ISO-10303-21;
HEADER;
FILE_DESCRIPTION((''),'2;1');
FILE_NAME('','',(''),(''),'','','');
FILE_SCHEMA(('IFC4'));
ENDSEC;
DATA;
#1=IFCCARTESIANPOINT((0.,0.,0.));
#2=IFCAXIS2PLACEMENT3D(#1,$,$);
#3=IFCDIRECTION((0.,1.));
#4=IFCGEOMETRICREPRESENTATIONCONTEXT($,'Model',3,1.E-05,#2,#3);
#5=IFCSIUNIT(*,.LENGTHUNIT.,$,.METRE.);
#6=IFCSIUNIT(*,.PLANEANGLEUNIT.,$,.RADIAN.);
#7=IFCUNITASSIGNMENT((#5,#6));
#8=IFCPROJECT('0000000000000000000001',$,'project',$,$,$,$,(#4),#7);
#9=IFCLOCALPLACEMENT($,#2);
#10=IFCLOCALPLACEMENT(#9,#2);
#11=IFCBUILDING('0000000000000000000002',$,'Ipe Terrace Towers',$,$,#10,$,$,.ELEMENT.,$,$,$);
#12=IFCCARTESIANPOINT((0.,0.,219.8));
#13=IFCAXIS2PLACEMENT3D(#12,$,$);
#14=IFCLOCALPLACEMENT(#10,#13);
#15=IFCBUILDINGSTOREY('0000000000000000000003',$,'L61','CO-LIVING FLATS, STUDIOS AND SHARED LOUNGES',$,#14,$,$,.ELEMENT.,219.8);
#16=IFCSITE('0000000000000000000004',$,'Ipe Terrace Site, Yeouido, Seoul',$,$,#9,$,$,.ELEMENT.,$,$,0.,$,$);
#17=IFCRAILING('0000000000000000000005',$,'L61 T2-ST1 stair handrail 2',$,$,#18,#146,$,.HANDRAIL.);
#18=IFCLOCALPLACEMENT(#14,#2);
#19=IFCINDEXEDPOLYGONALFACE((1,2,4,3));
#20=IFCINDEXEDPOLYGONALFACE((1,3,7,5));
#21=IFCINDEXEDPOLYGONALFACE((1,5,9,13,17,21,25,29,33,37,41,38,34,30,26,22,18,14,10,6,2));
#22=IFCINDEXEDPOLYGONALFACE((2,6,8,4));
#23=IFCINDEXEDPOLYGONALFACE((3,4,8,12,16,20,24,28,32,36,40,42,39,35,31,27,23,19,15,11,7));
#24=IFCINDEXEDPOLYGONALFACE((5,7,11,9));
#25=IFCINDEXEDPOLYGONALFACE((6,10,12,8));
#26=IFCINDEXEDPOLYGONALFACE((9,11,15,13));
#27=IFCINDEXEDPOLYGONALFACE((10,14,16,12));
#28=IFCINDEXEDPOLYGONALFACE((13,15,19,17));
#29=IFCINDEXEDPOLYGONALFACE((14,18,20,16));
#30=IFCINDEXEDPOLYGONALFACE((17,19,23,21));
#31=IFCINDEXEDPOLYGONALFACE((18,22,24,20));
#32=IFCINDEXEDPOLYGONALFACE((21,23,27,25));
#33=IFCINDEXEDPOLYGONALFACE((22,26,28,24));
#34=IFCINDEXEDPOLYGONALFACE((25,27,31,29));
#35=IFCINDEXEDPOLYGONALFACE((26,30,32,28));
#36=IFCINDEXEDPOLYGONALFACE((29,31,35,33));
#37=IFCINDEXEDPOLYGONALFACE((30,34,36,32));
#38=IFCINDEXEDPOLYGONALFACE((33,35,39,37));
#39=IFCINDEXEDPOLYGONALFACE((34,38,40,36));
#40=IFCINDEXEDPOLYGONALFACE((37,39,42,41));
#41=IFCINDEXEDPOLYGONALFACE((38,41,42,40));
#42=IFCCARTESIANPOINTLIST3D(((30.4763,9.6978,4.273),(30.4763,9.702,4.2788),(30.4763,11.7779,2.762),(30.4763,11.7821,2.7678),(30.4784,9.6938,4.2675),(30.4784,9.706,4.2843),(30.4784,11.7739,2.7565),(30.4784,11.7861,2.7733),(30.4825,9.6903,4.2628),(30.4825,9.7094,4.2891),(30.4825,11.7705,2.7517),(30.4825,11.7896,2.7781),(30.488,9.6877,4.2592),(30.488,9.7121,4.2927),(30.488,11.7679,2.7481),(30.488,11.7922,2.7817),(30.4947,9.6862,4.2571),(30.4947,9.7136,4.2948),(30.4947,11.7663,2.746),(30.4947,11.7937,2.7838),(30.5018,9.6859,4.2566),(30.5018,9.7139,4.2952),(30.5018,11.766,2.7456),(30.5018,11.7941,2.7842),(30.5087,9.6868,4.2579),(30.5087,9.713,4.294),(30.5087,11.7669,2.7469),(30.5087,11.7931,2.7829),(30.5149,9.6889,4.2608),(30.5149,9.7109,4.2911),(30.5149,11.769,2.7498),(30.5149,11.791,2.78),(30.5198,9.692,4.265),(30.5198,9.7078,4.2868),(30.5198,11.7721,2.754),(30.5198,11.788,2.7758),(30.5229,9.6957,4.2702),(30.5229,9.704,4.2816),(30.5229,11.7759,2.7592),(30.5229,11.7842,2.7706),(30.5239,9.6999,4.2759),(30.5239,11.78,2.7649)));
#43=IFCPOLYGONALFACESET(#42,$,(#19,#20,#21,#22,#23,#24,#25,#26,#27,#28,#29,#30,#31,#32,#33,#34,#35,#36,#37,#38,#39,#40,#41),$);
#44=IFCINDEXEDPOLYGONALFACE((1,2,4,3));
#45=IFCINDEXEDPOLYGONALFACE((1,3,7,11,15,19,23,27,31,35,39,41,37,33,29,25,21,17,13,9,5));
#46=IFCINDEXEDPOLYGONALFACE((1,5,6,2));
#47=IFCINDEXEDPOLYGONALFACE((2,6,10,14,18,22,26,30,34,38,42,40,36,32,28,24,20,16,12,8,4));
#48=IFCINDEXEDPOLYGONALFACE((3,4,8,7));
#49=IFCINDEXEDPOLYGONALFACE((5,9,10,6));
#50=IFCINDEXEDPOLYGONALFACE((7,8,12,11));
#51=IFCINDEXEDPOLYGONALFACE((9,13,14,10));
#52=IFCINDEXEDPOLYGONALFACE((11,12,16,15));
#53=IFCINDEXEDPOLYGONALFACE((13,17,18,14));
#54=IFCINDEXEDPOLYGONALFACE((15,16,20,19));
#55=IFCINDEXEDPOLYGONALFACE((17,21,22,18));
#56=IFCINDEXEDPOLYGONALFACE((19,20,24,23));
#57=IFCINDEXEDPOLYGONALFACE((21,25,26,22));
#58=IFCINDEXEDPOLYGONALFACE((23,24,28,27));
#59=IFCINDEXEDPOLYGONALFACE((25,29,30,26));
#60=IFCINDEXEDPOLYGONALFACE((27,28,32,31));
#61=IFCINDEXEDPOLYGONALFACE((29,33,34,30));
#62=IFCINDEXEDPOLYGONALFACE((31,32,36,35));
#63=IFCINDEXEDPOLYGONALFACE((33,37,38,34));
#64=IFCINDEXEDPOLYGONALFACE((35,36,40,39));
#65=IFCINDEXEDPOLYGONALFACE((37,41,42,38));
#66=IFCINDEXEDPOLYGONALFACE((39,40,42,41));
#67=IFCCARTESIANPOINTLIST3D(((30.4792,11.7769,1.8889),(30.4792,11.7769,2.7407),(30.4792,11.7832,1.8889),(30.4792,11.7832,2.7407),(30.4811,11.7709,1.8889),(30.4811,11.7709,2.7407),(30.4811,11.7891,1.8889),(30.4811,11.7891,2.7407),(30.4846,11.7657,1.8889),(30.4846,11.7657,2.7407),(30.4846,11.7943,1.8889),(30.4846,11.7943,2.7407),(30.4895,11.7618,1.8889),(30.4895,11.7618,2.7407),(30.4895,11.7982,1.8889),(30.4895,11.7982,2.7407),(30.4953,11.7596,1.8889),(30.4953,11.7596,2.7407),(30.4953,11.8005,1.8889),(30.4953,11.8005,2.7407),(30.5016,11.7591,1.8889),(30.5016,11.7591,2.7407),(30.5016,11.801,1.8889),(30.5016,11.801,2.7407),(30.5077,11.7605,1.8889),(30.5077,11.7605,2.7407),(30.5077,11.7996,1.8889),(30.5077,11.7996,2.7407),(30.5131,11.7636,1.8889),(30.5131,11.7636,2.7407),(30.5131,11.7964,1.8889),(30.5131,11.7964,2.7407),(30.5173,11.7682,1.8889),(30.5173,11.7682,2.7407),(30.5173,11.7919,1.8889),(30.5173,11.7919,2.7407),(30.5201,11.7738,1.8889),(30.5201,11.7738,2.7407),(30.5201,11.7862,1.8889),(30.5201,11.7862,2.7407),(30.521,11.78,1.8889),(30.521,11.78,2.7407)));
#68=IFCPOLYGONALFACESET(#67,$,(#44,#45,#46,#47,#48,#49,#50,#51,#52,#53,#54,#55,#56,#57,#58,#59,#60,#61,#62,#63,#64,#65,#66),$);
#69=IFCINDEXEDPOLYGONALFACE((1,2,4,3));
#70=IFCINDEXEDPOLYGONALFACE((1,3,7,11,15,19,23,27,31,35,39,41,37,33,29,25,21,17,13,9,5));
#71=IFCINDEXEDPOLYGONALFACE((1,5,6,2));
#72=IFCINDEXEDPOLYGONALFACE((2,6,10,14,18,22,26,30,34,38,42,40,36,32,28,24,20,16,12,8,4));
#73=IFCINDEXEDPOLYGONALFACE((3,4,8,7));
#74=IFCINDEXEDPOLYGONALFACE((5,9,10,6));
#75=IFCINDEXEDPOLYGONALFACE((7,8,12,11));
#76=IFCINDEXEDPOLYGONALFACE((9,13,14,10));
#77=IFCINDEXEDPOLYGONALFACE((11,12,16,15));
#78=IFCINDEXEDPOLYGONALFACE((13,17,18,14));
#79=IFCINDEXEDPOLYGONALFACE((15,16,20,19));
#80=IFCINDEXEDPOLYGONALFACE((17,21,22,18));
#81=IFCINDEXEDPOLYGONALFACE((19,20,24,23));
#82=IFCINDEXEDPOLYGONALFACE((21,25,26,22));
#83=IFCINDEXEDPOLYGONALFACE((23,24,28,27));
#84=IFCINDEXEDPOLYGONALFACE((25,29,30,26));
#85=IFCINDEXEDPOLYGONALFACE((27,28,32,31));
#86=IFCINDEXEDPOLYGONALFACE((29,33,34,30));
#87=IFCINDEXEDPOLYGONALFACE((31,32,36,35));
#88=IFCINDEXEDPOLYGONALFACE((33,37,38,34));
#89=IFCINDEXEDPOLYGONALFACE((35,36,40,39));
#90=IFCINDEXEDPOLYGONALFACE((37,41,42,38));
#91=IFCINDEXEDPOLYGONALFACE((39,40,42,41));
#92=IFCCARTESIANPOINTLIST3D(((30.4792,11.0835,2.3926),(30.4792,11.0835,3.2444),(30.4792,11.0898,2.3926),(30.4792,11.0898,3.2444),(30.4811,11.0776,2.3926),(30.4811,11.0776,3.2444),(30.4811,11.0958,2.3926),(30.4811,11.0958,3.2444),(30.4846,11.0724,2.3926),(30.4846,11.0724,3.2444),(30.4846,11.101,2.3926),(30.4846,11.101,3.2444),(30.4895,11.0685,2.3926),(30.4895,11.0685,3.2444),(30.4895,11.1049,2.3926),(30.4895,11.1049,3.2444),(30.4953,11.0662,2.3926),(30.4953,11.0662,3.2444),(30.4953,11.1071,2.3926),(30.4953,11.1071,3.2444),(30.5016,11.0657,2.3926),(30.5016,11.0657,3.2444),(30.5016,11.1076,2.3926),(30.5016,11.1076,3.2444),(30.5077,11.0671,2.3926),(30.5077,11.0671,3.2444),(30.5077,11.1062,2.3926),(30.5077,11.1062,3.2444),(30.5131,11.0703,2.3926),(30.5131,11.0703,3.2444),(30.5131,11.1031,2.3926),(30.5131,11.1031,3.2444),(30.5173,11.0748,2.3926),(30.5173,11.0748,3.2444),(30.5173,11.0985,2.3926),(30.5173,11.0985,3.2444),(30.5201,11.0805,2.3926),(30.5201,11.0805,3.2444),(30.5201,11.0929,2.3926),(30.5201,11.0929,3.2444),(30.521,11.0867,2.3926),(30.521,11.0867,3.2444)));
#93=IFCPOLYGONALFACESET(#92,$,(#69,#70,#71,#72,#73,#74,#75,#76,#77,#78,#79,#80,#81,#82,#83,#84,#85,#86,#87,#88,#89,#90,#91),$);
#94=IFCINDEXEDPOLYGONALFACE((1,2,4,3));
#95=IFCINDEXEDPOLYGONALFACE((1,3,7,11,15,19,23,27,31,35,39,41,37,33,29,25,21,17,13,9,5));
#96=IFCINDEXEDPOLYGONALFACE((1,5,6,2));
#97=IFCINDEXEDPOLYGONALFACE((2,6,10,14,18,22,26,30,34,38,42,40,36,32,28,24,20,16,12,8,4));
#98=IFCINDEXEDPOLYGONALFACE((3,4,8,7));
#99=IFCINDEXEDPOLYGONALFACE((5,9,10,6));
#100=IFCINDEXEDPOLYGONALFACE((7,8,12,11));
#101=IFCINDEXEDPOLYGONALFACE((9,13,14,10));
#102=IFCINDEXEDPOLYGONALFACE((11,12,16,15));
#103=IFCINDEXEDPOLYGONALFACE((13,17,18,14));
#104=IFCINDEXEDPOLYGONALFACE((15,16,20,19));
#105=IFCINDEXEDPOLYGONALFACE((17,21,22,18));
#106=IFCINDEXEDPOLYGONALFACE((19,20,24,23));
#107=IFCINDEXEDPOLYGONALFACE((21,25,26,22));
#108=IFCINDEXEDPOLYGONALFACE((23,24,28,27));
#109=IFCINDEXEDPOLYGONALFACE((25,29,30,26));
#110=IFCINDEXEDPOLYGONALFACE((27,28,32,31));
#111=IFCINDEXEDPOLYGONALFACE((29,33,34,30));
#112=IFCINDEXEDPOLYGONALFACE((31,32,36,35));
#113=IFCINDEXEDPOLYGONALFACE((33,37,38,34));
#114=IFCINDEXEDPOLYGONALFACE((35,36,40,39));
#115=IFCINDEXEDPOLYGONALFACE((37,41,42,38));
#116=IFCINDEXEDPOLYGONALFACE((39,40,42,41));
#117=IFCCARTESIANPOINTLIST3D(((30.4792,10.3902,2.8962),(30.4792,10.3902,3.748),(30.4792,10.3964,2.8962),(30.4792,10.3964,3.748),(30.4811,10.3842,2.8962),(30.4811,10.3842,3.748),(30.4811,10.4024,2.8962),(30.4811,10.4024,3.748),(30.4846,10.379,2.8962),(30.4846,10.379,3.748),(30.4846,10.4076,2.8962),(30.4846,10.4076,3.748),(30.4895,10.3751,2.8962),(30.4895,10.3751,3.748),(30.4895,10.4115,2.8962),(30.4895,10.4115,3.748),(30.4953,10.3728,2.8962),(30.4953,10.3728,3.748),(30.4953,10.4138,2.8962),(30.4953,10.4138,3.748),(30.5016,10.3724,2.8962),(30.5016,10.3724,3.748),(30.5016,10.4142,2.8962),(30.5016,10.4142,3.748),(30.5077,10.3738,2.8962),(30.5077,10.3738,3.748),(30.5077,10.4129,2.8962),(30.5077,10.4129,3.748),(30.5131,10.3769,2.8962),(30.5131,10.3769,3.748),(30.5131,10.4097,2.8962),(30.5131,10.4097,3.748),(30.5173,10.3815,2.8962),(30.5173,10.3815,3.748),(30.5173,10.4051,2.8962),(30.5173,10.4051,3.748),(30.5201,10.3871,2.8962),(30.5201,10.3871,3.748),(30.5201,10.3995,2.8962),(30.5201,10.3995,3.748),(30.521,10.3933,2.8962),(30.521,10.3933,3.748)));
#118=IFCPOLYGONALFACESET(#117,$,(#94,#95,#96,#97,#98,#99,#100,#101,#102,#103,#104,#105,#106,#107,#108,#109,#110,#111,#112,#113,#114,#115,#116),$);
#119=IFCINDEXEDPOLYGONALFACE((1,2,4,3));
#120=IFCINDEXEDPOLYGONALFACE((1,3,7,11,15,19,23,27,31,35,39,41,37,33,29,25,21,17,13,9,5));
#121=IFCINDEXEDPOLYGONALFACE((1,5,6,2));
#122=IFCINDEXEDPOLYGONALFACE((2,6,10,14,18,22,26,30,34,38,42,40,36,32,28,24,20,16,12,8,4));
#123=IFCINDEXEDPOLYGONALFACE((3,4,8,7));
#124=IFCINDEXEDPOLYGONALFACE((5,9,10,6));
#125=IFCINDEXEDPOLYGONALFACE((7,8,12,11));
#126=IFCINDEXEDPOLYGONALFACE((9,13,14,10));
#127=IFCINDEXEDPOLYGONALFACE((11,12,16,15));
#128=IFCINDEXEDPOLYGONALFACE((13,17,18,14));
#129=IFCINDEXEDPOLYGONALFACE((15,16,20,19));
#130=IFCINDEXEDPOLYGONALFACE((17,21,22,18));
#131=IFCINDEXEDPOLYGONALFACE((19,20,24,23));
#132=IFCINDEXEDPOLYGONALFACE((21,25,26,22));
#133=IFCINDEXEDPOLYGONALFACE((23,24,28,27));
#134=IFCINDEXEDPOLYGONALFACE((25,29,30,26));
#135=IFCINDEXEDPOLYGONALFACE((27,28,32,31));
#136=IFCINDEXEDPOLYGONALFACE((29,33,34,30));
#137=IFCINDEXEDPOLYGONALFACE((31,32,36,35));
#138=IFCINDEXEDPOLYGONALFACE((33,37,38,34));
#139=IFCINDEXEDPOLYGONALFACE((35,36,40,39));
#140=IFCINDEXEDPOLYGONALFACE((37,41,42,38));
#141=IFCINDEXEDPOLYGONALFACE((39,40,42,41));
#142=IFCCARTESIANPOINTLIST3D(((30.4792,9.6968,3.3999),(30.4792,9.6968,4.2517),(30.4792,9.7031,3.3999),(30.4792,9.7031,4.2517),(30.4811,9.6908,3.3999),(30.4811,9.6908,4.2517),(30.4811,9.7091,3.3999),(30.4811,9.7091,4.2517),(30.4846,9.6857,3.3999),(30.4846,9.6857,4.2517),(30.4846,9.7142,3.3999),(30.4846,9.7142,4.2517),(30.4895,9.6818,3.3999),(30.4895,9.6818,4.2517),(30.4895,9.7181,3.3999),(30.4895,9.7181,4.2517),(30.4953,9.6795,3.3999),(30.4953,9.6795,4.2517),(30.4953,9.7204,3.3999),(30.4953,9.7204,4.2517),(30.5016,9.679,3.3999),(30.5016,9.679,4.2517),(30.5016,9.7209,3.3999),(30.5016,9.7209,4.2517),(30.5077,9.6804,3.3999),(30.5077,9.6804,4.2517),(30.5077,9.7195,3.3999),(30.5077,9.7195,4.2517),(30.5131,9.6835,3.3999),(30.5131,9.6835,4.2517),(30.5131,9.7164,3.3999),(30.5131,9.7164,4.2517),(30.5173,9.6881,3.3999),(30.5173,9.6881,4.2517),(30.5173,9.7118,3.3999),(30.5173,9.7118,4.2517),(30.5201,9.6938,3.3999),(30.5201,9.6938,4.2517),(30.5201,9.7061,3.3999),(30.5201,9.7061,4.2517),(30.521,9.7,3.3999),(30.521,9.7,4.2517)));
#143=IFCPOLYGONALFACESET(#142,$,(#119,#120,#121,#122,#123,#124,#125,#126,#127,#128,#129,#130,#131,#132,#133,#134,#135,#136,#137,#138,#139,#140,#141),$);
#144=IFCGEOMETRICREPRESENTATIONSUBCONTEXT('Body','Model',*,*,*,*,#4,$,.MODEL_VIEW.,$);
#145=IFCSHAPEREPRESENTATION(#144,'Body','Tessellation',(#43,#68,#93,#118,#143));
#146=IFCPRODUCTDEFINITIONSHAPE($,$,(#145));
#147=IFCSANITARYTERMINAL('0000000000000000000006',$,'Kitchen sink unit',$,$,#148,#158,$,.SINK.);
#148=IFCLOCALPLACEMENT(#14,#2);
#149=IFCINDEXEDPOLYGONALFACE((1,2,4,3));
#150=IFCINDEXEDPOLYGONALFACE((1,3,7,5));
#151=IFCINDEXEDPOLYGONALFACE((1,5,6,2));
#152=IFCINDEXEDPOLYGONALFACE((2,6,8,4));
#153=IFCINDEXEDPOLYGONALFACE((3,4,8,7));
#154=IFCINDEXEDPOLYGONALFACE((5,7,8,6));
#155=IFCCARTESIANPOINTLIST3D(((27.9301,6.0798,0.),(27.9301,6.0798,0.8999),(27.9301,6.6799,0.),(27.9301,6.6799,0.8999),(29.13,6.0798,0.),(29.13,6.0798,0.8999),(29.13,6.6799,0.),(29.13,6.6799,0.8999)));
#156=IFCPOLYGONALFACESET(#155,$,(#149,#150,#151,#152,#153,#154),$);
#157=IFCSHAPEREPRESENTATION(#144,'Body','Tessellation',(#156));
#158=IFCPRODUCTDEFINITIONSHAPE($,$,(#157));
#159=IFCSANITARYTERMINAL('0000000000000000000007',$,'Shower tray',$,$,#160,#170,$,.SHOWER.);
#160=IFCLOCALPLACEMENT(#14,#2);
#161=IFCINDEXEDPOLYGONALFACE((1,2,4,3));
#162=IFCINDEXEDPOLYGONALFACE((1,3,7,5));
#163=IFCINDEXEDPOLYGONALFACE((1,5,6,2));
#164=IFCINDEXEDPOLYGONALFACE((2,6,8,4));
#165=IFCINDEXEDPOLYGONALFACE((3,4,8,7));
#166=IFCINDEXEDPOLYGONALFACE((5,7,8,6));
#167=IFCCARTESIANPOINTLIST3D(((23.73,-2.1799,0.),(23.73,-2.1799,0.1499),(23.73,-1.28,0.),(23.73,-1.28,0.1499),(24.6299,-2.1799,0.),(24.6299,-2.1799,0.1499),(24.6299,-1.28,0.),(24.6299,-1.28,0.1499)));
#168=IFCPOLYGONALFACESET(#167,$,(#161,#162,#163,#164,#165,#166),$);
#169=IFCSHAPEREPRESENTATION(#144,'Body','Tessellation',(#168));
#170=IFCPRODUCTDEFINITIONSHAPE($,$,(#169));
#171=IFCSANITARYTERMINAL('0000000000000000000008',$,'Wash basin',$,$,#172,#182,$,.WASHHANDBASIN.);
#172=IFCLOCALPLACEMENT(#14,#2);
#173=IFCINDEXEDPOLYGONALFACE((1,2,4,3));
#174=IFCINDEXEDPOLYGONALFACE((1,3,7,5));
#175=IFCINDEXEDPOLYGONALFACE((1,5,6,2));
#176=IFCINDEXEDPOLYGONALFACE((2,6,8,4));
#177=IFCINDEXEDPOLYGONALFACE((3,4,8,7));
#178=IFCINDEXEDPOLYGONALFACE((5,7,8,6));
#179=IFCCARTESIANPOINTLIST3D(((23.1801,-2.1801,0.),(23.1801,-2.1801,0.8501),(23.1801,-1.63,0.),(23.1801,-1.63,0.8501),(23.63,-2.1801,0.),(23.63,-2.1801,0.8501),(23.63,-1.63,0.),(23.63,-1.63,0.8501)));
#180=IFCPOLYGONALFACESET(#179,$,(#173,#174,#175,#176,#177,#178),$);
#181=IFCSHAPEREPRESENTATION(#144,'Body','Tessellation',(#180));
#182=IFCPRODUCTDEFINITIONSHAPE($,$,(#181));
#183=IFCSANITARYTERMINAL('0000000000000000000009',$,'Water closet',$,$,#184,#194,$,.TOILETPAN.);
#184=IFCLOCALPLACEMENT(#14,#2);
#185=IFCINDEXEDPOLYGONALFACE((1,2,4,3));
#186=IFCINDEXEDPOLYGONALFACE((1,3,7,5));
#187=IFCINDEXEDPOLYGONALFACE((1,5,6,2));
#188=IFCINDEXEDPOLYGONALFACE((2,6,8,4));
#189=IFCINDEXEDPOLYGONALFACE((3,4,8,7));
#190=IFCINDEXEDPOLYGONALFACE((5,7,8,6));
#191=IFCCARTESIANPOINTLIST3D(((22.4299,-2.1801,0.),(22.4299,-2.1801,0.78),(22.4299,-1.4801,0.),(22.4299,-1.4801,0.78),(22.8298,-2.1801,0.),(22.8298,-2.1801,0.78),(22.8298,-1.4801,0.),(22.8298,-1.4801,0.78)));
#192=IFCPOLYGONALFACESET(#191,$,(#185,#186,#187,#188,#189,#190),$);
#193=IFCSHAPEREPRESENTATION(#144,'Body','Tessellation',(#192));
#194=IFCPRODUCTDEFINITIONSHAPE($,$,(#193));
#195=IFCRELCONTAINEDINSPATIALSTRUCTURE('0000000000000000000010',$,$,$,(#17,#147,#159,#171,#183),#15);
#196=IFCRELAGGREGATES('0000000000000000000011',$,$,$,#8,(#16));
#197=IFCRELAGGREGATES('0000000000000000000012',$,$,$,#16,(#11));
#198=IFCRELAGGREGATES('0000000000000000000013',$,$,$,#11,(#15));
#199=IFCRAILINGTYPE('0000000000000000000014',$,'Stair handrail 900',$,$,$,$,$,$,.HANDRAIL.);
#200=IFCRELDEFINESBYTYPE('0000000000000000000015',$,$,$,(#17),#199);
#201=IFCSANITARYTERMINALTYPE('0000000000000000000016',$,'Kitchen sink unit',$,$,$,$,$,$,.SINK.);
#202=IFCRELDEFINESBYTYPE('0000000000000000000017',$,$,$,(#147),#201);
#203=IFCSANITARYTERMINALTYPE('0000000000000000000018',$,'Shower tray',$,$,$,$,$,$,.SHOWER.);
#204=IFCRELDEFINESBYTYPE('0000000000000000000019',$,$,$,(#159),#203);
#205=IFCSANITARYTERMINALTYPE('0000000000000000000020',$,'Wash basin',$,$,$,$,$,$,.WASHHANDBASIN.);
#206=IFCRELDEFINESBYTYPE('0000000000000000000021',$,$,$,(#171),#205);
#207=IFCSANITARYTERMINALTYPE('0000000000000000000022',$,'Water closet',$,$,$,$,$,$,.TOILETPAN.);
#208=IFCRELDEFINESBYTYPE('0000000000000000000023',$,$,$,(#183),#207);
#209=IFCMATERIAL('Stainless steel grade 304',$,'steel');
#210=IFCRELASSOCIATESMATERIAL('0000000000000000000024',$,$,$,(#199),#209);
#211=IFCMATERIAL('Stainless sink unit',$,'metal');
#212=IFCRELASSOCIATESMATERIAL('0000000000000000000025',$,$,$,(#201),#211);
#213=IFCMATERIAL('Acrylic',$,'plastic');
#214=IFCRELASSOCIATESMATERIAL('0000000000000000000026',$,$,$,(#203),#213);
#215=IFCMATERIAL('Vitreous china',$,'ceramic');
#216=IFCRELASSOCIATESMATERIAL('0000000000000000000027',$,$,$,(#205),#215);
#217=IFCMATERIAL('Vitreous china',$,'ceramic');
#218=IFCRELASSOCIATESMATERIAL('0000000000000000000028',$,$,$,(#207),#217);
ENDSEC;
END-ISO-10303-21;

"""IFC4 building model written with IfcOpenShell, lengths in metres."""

from ifc_helpers import new_model, si_unit, direction, frame, origin, origin_2d, place, context, subcontext, project, spatial, rectangle, circle, extrude, material, type_object, element, save


model = new_model("IFC4")

# Units and contexts
model_context = context("Model", 3, precision=1e-05, world=origin(), true_north=direction((0.0, 1.0)))
body_context = subcontext(model_context, "Body", "Model", "MODEL_VIEW")
ifc_project = project(units=[si_unit("LENGTHUNIT", "METRE"), si_unit("PLANEANGLEUNIT", "RADIAN")], contexts=[model_context])

# Site, building, storey
site_placement = place(None, origin())
site = spatial("IfcSite", under=ifc_project, at=site_placement, Name="Ipe Terrace Site, Yeouido, Seoul", CompositionType="ELEMENT", RefElevation=0.0)
building_placement = place(site_placement, origin())
building = spatial("IfcBuilding", under=site, at=building_placement, Name="Ipe Terrace Towers", CompositionType="ELEMENT")
storey_placement = place(building_placement, frame((0.0, 0.0, 219.8)))
storey = spatial("IfcBuildingStorey", under=building, at=storey_placement, Name="L61", Description="CO-LIVING FLATS, STUDIOS AND SHARED LOUNGES", CompositionType="ELEMENT", Elevation=219.8)

# Railing
ifc_material_1 = material(Name="Stainless steel grade 304", Category="steel")
railing_type = type_object("IfcRailingType", Name="Stair handrail 900", PredefinedType="HANDRAIL", material=ifc_material_1)
railing_placement = place(storey_placement, frame((30.5, 11.78, 1.8889)))
element("IfcRailing", 1, at=railing_placement, inside=storey, type_object=railing_type, Name="L61 T2-ST1 stair handrail 2", PredefinedType="HANDRAIL", context=body_context, shape_type="SweptSolid", body=[
    extrude(circle(Radius=0.0239, at=origin_2d()), frame((0.0, 0.0, 0.876), z_axis=(0.0, -0.809069, 0.587714), x_axis=(1.0, 0.0, 0.0)), (0.0, 0.0, 1.0), 2.571),
    extrude(circle(Radius=0.021, at=origin_2d()), origin(), (0.0, 0.0, 1.0), 0.8518),
    extrude(circle(Radius=0.021, at=origin_2d()), frame((0.0, -0.6934, 0.5037)), (0.0, 0.0, 1.0), 0.8518),
    extrude(circle(Radius=0.021, at=origin_2d()), frame((0.0, -1.3867, 1.0073)), (0.0, 0.0, 1.0), 0.8518),
    extrude(circle(Radius=0.021, at=origin_2d()), frame((0.0, -2.0801, 1.511)), (0.0, 0.0, 1.0), 0.8518),
])

# Sanitary terminals
ifc_material_2 = material(Name="Stainless sink unit", Category="metal")
sanitary_terminal_type_1 = type_object("IfcSanitaryTerminalType", Name="Kitchen sink unit", PredefinedType="SINK", material=ifc_material_2)
sanitary_terminal_1_placement = place(storey_placement, frame((28.53, 6.3799, 0.0), z_axis=(0.0, 0.0, 1.0), x_axis=(1.0, 0.0, 0.0)))
element("IfcSanitaryTerminal", 2, at=sanitary_terminal_1_placement, inside=storey, type_object=sanitary_terminal_type_1, Name="Kitchen sink unit", PredefinedType="SINK", context=body_context, shape_type="SweptSolid", body=[
    extrude(rectangle(XDim=1.2, YDim=0.6001, at=origin_2d()), origin(), (0.0, 0.0, 1.0), 0.8999),
])
ifc_material_3 = material(Name="Acrylic", Category="plastic")
sanitary_terminal_type_2 = type_object("IfcSanitaryTerminalType", Name="Shower tray", PredefinedType="SHOWER", material=ifc_material_3)
sanitary_terminal_2_placement = place(storey_placement, frame((24.1799, -1.73, 0.0), z_axis=(0.0, 0.0, 1.0), x_axis=(0.0, 1.0, 0.0)))
element("IfcSanitaryTerminal", 3, at=sanitary_terminal_2_placement, inside=storey, type_object=sanitary_terminal_type_2, Name="Shower tray", PredefinedType="SHOWER", context=body_context, shape_type="SweptSolid", body=[
    extrude(rectangle(XDim=0.8999, YDim=0.8999, at=origin_2d()), origin(), (0.0, 0.0, 1.0), 0.1499),
])
ifc_material_4 = material(Name="Vitreous china", Category="ceramic")
sanitary_terminal_type_3 = type_object("IfcSanitaryTerminalType", Name="Wash basin", PredefinedType="WASHHANDBASIN", material=ifc_material_4)
sanitary_terminal_3_placement = place(storey_placement, frame((23.405, -1.905, 0.0), z_axis=(0.0, 0.0, 1.0), x_axis=(0.0, 1.0, 0.0)))
element("IfcSanitaryTerminal", 4, at=sanitary_terminal_3_placement, inside=storey, type_object=sanitary_terminal_type_3, Name="Wash basin", PredefinedType="WASHHANDBASIN", context=body_context, shape_type="SweptSolid", body=[
    extrude(rectangle(XDim=0.55, YDim=0.45, at=origin_2d()), origin(), (0.0, 0.0, 1.0), 0.8501),
])
ifc_material_5 = material(Name="Vitreous china", Category="ceramic")
sanitary_terminal_type_4 = type_object("IfcSanitaryTerminalType", Name="Water closet", PredefinedType="TOILETPAN", material=ifc_material_5)
sanitary_terminal_4_placement = place(storey_placement, frame((22.6299, -1.8301, 0.0), z_axis=(0.0, 0.0, 1.0), x_axis=(0.0, 1.0, 0.0)))
element("IfcSanitaryTerminal", 5, at=sanitary_terminal_4_placement, inside=storey, type_object=sanitary_terminal_type_4, Name="Water closet", PredefinedType="TOILETPAN", context=body_context, shape_type="SweptSolid", body=[
    extrude(rectangle(XDim=0.7, YDim=0.3999, at=origin_2d()), origin(), (0.0, 0.0, 1.0), 0.78),
])

save(model, "model.ifc")
